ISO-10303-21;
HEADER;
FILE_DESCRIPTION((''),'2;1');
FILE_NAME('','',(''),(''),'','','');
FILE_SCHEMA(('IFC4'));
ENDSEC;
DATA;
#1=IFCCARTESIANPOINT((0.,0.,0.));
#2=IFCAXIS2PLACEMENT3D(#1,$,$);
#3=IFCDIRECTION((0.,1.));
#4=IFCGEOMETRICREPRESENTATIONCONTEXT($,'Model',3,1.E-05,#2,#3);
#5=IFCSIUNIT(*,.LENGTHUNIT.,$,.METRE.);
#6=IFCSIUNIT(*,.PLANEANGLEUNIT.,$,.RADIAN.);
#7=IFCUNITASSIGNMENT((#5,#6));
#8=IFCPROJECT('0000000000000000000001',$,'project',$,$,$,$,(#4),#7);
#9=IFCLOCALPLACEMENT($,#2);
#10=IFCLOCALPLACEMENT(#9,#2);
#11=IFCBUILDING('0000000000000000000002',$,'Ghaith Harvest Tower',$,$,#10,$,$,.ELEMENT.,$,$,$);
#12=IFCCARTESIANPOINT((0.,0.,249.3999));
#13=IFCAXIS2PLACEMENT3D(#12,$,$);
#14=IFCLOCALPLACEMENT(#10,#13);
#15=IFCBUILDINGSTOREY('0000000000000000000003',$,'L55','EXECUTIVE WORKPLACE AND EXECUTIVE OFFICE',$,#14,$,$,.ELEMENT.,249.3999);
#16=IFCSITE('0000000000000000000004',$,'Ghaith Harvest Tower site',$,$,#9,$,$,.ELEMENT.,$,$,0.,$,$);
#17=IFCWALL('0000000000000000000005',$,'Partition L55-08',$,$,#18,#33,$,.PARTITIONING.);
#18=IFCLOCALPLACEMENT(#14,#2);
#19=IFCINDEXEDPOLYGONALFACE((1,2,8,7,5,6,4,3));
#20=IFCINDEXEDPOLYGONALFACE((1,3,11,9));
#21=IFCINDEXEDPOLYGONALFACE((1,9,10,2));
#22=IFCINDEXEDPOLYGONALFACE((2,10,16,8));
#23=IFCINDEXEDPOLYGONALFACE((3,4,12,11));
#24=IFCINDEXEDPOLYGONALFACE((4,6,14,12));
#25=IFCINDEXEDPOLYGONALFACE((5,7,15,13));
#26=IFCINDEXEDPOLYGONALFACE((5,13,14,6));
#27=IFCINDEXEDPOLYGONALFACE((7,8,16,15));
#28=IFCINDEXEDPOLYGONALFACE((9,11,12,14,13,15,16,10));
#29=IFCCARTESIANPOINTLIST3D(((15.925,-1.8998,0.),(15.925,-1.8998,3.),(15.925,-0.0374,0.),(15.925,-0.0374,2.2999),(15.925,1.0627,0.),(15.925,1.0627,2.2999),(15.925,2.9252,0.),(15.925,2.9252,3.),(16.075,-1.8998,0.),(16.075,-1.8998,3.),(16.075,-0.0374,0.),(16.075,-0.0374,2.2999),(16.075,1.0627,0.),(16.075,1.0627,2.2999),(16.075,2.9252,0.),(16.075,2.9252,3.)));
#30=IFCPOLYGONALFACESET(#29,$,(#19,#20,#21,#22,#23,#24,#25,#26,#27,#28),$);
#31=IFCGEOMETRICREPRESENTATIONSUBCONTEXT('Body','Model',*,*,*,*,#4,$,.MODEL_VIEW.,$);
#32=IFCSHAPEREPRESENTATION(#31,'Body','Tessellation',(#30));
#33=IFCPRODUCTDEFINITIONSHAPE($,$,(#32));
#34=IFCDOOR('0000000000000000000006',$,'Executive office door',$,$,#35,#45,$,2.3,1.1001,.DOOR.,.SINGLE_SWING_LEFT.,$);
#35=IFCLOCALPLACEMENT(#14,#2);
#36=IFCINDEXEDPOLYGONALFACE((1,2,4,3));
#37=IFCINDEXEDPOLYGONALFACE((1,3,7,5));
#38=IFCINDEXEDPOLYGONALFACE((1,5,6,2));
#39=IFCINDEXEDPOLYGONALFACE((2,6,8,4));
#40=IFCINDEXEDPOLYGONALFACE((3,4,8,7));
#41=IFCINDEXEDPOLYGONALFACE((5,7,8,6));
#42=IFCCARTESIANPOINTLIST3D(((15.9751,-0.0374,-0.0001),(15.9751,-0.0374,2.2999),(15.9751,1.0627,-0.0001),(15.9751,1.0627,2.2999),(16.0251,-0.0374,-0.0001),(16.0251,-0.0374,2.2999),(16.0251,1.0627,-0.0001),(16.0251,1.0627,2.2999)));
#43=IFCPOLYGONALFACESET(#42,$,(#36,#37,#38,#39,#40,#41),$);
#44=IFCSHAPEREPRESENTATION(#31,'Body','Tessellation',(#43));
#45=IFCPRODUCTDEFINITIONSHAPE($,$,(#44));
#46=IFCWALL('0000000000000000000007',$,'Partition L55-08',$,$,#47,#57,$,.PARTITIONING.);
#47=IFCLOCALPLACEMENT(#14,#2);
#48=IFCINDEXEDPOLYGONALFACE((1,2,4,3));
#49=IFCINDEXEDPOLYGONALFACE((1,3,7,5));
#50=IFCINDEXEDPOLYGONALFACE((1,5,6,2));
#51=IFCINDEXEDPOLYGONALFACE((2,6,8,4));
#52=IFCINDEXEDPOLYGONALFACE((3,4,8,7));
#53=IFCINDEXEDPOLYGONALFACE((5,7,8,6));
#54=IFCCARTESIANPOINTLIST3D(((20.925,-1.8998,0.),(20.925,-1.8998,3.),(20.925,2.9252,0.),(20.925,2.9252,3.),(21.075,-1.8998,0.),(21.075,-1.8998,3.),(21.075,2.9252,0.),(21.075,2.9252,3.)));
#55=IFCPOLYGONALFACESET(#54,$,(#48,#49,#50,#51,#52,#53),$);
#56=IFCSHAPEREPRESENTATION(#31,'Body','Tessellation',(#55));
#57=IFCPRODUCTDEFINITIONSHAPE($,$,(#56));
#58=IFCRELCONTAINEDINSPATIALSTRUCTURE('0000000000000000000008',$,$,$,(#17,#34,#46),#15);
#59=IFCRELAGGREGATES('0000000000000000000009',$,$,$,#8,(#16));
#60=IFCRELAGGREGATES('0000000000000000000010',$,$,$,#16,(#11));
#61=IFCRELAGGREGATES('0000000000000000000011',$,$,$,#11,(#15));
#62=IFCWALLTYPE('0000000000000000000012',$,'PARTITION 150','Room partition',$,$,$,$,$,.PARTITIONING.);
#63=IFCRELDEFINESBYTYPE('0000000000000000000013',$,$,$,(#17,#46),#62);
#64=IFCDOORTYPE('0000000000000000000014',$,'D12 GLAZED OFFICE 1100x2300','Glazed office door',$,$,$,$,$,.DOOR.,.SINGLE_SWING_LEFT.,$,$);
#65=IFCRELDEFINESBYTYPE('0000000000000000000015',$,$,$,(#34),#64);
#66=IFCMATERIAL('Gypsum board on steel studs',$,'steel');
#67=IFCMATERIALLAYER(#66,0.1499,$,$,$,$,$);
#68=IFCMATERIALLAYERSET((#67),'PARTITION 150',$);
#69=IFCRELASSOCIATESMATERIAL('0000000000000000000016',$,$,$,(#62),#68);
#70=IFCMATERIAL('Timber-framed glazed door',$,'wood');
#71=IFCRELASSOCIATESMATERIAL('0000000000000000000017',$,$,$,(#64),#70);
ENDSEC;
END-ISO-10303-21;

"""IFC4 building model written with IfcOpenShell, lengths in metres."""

from ifc_helpers import new_model, si_unit, direction, frame, frame_2d, origin, place, context, subcontext, project, spatial, rectangle, extrude, material, layer, layer_set, type_object, element, fill, save


model = new_model("IFC4")

# Units and contexts
model_context = context("Model", 3, precision=1e-05, world=origin(), true_north=direction((0.0, 1.0)))
body_context = subcontext(model_context, "Body", "Model", "MODEL_VIEW")
ifc_project = project(units=[si_unit("LENGTHUNIT", "METRE"), si_unit("PLANEANGLEUNIT", "RADIAN")], contexts=[model_context])

# Site, building, storey
site_placement = place(None, origin())
site = spatial("IfcSite", under=ifc_project, at=site_placement, Name="Ghaith Harvest Tower site", CompositionType="ELEMENT", RefElevation=0.0)
building_placement = place(site_placement, origin())
building = spatial("IfcBuilding", under=site, at=building_placement, Name="Ghaith Harvest Tower", CompositionType="ELEMENT")
storey_placement = place(building_placement, frame((0.0, 0.0, 249.3999)))
storey = spatial("IfcBuildingStorey", under=building, at=storey_placement, Name="L55", Description="EXECUTIVE WORKPLACE AND EXECUTIVE OFFICE", CompositionType="ELEMENT", Elevation=249.3999)

# Wall, opening, door
ifc_material_1 = material(Name="Gypsum board on steel studs", Category="steel")
ifc_layer_1 = layer(ifc_material_1, 0.1499)
ifc_layer_set_1 = layer_set([ifc_layer_1], Name="PARTITION 150")
wall_type_1 = type_object("IfcWallType", Name="PARTITION 150", Description="Room partition", PredefinedType="PARTITIONING", material=ifc_layer_set_1)
wall_1_placement = place(storey_placement, frame((16.0, -1.8999, 0.0), z_axis=(0.0, 0.0, 1.0), x_axis=(0.0, 1.0, 0.0)))
wall_1 = element("IfcWall", 1, at=wall_1_placement, inside=storey, type_object=wall_type_1, Name="Partition L55-08", PredefinedType="PARTITIONING", context=body_context, shape_type="SweptSolid", body=[
    extrude(rectangle(XDim=4.825, YDim=0.1499, at=frame_2d((2.4126, 0.0))), origin(), (0.0, 0.0, 1.0), 3.0),
])
opening_1_placement = place(wall_1_placement, frame((1.8625, 0.0, 0.0)))
opening_1 = element("IfcOpeningElement", 2, at=opening_1_placement, cuts=wall_1, PredefinedType="OPENING", context=body_context, shape_type="SweptSolid", body=[
    extrude(rectangle(XDim=1.1001, YDim=2.3, at=frame_2d((0.55, 1.1499))), frame((0.0, 0.085, 0.0), z_axis=(0.0, -1.0, 0.0), x_axis=(1.0, 0.0, 0.0)), (0.0, 0.0, 1.0), 0.1699),
])
ifc_material_2 = material(Name="Timber-framed glazed door", Category="wood")
door_type_1 = type_object("IfcDoorType", Name="D12 GLAZED OFFICE 1100x2300", Description="Glazed office door", OperationType="SINGLE_SWING_LEFT", PredefinedType="DOOR", material=ifc_material_2)
door_1_placement = place(opening_1_placement, origin())
door_1 = element("IfcDoor", 3, at=door_1_placement, inside=storey, type_object=door_type_1, Name="Executive office door", OperationType="SINGLE_SWING_LEFT", OverallHeight=2.3, OverallWidth=1.1001, PredefinedType="DOOR", context=body_context, shape_type="SweptSolid", body=[
    extrude(rectangle(XDim=1.1001, YDim=2.3, at=frame_2d((0.55, 1.1499))), frame((0.0, 0.0249, 0.0), z_axis=(0.0, -1.0, 0.0), x_axis=(1.0, 0.0, 0.0)), (0.0, 0.0, 1.0), 0.05),
])
fill(opening_1, door_1)

# Wall
wall_2_placement = place(storey_placement, frame((21.0, -1.8999, 0.0), z_axis=(0.0, 0.0, 1.0), x_axis=(0.0, 1.0, 0.0)))
element("IfcWall", 4, at=wall_2_placement, inside=storey, type_object=wall_type_1, Name="Partition L55-08", PredefinedType="PARTITIONING", context=body_context, shape_type="SweptSolid", body=[
    extrude(rectangle(XDim=4.825, YDim=0.1499, at=frame_2d((2.4126, 0.0))), origin(), (0.0, 0.0, 1.0), 3.0),
])

save(model, "model.ifc")
